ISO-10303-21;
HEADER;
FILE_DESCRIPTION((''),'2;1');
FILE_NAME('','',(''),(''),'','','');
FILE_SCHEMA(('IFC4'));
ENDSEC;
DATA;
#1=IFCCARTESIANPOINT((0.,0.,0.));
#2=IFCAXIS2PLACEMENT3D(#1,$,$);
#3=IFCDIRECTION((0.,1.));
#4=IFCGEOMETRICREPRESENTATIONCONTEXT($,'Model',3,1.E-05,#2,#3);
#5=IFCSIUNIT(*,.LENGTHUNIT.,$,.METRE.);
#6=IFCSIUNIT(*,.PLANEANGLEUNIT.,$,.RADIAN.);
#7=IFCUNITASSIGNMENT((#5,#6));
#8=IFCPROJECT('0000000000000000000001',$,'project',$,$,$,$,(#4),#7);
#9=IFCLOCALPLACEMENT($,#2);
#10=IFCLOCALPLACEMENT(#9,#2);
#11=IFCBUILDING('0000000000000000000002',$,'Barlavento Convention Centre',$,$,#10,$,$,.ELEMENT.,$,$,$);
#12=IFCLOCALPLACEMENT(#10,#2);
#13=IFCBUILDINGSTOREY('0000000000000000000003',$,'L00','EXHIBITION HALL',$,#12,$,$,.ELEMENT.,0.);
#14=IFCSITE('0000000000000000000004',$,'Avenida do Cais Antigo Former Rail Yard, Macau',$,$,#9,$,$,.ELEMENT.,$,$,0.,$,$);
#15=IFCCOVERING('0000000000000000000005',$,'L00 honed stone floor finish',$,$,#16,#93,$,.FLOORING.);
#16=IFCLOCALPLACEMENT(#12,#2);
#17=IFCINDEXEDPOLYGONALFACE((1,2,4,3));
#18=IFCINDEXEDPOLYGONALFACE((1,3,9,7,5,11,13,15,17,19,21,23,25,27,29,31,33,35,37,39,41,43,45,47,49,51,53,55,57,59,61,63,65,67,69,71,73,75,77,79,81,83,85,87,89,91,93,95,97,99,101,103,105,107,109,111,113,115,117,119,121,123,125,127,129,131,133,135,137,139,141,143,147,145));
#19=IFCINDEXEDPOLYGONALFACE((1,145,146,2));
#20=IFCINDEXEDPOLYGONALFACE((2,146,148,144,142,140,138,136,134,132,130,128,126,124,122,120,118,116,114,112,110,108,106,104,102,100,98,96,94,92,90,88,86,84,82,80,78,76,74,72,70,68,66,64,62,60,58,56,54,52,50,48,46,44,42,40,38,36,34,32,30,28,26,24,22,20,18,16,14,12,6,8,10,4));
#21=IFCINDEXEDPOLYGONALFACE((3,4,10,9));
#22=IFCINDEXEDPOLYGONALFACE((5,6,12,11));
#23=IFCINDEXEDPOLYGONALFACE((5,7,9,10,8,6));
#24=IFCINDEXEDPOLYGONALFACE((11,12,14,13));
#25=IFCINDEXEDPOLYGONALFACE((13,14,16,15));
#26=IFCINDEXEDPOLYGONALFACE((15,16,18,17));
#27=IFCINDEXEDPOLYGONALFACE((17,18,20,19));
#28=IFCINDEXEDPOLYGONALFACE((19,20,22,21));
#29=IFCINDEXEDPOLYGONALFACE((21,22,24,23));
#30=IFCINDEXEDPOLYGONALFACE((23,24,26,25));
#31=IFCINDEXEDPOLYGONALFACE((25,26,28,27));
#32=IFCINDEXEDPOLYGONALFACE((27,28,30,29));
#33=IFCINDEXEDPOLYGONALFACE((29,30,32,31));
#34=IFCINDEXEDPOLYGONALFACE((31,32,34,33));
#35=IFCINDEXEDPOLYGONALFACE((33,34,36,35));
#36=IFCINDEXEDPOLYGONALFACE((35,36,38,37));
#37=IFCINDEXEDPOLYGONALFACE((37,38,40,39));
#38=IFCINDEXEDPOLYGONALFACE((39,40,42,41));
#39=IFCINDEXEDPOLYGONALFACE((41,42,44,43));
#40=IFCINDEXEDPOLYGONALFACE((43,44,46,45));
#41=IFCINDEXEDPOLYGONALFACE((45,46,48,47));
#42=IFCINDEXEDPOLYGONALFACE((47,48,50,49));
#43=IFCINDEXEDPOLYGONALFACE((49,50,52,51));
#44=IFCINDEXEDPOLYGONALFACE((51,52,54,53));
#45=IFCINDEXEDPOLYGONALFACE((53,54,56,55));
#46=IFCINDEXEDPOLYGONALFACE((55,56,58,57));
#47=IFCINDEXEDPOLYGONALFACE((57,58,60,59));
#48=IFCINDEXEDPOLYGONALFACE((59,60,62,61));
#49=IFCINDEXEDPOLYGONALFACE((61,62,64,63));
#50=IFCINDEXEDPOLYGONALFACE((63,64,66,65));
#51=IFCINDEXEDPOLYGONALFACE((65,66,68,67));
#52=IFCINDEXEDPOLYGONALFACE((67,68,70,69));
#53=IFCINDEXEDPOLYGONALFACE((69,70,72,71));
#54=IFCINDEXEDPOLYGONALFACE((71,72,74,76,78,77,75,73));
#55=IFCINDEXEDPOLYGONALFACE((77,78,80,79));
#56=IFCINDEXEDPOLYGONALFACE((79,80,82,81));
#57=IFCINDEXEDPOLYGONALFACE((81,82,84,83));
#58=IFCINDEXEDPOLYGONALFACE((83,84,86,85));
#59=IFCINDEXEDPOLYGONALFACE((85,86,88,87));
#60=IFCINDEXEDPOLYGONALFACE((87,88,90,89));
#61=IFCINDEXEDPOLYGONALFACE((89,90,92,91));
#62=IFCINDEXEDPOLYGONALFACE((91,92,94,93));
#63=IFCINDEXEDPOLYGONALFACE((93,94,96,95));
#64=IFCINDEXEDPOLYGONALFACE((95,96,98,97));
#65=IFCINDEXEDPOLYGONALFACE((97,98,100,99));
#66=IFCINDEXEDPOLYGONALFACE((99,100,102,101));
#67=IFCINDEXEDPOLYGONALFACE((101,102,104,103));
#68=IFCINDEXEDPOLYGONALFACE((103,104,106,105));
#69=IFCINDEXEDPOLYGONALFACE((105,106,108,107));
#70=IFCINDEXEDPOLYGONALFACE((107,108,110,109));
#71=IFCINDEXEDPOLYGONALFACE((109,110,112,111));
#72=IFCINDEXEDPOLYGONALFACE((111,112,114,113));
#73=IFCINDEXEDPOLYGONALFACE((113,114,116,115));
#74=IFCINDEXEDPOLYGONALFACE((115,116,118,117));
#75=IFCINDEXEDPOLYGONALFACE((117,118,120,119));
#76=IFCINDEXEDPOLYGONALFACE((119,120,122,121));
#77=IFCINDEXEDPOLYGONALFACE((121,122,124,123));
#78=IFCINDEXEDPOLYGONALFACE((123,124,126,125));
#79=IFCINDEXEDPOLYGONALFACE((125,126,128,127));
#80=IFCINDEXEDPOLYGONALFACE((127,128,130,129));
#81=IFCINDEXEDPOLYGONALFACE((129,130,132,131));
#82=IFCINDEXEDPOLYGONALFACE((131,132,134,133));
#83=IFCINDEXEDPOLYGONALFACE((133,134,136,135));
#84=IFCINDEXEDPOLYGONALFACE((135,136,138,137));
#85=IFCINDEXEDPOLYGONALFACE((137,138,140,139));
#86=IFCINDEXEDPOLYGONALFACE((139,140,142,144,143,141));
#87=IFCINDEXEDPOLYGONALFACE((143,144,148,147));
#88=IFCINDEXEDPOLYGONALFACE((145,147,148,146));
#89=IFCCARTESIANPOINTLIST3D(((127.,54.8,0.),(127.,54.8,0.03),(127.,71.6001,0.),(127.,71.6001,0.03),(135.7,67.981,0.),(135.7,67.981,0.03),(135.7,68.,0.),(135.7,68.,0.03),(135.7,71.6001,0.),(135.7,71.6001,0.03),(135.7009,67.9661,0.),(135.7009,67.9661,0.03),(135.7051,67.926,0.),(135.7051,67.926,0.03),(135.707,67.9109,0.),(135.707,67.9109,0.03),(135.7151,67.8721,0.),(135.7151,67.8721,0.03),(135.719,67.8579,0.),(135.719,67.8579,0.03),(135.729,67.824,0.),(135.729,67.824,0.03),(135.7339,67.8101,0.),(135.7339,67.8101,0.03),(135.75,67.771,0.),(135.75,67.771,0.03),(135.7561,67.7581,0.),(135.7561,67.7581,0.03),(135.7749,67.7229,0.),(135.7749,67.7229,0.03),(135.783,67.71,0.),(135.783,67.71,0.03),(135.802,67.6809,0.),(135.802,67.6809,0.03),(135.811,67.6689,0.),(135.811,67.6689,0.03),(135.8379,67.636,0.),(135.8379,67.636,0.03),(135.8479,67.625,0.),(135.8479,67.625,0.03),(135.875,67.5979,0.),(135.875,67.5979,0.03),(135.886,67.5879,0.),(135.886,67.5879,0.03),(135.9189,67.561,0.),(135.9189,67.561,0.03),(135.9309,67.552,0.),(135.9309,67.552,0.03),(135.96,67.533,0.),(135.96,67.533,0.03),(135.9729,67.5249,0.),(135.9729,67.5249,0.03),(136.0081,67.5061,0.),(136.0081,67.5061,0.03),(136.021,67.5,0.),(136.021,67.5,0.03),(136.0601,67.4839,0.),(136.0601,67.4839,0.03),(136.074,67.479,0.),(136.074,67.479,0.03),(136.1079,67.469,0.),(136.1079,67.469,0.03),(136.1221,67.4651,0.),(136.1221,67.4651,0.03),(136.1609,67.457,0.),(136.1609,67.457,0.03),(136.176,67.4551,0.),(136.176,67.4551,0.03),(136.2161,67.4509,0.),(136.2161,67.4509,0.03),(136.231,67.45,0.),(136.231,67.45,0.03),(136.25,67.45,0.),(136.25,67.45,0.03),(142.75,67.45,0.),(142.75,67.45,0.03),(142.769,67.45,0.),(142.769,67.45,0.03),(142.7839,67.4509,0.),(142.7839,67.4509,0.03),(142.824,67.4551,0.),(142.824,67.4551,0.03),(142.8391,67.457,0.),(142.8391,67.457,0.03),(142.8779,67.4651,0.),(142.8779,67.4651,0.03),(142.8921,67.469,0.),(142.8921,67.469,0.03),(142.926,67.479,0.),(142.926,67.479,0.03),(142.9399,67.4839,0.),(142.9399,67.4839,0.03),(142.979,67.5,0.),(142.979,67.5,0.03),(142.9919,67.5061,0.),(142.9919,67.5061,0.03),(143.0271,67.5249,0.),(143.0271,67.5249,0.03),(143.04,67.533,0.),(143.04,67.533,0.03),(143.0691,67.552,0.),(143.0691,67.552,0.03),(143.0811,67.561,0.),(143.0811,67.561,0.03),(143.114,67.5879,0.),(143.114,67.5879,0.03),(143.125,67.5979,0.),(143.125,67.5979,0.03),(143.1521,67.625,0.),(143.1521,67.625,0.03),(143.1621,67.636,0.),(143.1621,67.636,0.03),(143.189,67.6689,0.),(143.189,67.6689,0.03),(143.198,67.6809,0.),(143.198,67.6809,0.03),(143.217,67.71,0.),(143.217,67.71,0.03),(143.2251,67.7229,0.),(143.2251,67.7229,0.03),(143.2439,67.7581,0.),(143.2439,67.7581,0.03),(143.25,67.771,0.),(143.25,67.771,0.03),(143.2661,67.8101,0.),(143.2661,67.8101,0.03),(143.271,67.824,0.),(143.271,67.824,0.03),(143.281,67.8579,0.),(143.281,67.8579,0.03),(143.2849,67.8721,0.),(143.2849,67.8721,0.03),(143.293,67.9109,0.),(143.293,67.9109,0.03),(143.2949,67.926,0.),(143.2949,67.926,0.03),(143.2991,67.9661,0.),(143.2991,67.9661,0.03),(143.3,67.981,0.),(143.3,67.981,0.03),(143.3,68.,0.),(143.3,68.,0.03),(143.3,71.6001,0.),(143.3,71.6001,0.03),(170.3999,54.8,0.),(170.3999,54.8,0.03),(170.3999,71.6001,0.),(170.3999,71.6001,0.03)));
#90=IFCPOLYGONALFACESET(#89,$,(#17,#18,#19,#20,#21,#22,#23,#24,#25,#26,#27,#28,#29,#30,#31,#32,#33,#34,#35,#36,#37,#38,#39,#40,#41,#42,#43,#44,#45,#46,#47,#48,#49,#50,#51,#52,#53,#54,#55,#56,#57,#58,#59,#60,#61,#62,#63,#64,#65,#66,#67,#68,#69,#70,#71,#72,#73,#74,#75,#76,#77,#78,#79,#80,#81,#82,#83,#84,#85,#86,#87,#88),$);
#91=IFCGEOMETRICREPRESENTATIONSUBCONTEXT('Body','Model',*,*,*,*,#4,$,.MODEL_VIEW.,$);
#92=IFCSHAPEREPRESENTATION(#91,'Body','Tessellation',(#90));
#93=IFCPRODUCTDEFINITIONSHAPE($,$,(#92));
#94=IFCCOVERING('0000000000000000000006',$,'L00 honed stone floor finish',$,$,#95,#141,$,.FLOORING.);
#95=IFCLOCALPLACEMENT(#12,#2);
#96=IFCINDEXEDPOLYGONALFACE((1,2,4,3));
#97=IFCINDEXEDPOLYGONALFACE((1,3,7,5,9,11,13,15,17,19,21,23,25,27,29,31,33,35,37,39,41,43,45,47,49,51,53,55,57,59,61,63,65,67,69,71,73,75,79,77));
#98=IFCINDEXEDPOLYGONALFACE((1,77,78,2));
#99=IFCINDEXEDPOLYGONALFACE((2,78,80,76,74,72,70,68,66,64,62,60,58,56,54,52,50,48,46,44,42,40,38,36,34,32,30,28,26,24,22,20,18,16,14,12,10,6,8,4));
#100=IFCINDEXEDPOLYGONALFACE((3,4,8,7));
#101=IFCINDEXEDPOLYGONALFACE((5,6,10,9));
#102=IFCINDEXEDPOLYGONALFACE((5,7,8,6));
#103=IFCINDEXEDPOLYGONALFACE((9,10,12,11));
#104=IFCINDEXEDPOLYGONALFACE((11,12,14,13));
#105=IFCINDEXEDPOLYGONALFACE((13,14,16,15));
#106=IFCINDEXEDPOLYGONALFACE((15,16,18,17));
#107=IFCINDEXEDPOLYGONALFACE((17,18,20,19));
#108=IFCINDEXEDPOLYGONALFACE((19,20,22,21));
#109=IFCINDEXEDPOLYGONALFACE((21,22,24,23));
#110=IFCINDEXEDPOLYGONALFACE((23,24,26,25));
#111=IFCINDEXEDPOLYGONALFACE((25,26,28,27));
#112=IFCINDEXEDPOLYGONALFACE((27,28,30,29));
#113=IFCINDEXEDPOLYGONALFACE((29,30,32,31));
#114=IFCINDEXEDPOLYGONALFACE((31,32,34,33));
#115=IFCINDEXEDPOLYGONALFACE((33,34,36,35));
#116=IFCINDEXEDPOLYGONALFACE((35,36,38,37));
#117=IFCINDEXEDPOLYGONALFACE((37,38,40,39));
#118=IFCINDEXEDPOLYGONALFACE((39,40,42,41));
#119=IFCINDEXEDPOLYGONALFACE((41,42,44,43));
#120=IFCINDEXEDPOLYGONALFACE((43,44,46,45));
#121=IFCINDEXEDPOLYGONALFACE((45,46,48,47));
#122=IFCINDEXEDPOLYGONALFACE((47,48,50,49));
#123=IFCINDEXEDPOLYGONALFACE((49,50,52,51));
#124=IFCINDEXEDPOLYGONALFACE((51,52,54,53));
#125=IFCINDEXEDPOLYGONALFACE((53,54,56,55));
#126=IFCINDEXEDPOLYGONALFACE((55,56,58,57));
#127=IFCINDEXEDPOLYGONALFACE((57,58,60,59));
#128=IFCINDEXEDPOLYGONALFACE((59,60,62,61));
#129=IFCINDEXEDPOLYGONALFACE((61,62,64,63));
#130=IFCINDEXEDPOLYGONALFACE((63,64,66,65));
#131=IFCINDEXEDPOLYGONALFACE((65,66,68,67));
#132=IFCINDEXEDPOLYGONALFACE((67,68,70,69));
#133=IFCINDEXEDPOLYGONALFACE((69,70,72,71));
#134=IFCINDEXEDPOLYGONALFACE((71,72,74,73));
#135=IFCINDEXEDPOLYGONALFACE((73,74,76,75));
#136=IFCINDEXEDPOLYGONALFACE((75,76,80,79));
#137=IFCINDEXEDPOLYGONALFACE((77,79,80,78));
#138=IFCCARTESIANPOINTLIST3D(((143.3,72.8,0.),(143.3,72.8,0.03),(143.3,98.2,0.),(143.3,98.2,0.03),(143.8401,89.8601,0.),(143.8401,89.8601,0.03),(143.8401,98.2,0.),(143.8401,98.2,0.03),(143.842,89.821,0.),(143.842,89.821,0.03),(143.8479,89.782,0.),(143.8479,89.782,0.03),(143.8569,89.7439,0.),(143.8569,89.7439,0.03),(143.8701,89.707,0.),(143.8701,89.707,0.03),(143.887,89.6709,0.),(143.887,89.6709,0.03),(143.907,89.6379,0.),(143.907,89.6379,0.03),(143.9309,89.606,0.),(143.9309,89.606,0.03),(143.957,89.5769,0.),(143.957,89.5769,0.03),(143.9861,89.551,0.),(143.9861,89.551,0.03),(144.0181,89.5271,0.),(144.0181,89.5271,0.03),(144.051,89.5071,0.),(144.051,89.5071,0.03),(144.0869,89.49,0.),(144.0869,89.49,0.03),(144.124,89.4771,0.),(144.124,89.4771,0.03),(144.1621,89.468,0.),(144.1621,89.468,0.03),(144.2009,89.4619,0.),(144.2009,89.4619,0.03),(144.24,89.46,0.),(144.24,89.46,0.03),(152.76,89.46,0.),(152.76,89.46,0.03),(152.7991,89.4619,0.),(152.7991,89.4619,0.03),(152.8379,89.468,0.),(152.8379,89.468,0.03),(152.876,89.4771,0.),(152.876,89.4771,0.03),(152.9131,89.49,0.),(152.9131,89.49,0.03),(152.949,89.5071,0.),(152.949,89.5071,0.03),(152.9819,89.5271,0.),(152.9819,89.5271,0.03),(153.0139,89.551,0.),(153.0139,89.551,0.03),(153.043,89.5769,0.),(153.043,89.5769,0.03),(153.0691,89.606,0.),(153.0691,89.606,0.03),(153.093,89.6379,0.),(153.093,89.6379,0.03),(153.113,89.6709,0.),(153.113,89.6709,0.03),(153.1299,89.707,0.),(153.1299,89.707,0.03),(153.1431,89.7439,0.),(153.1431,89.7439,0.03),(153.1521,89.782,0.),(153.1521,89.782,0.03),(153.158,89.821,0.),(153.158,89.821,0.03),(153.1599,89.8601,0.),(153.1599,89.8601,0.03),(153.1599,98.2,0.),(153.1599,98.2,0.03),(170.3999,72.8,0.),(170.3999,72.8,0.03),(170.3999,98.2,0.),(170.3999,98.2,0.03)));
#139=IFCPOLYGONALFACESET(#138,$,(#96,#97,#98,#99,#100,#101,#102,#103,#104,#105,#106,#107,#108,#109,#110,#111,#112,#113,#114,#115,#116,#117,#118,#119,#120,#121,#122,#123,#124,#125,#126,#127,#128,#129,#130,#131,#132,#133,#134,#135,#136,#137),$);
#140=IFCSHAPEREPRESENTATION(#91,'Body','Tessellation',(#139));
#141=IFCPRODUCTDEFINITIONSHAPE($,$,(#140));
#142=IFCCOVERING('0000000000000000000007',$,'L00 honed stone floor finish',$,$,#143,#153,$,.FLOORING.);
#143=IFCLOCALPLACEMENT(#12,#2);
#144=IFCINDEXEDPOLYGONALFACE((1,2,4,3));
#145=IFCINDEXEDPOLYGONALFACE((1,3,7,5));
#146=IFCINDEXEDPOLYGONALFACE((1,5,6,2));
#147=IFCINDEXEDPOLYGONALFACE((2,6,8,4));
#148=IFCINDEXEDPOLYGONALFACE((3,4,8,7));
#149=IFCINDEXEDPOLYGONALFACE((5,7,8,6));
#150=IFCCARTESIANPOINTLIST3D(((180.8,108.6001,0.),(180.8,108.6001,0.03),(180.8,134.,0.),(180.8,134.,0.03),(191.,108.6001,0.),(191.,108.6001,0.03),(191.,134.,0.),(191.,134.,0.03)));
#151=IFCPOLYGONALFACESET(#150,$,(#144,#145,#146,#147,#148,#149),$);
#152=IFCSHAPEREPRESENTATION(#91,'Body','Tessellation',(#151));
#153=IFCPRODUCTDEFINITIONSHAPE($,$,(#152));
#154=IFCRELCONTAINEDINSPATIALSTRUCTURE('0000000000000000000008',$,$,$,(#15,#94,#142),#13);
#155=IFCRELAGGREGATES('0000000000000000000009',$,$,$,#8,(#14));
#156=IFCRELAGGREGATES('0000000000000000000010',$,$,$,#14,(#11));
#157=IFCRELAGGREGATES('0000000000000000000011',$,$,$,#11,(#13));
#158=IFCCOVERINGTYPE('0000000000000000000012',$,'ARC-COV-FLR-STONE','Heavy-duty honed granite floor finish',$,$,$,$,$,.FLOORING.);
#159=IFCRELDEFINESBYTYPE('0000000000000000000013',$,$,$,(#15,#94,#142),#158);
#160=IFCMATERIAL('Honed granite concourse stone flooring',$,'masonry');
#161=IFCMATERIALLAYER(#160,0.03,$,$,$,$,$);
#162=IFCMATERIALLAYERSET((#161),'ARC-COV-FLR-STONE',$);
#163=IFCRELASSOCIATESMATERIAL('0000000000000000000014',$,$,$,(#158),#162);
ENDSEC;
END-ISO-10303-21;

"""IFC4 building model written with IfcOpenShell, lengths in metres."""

from ifc_helpers import new_model, si_unit, direction, origin, place, context, subcontext, project, spatial, polyline, outline, extrude, material, layer, layer_set, type_object, element, save


model = new_model("IFC4")

# Units and contexts
model_context = context("Model", 3, precision=1e-05, world=origin(), true_north=direction((0.0, 1.0)))
body_context = subcontext(model_context, "Body", "Model", "MODEL_VIEW")
ifc_project = project(units=[si_unit("LENGTHUNIT", "METRE"), si_unit("PLANEANGLEUNIT", "RADIAN")], contexts=[model_context])

# Site, building, storey
site_placement = place(None, origin())
site = spatial("IfcSite", under=ifc_project, at=site_placement, Name="Avenida do Cais Antigo Former Rail Yard, Macau", CompositionType="ELEMENT", RefElevation=0.0)
building_placement = place(site_placement, origin())
building = spatial("IfcBuilding", under=site, at=building_placement, Name="Barlavento Convention Centre", CompositionType="ELEMENT")
storey_placement = place(building_placement, origin())
storey = spatial("IfcBuildingStorey", under=building, at=storey_placement, Name="L00", Description="EXHIBITION HALL", CompositionType="ELEMENT", Elevation=0.0)

# Coverings
ifc_material_1 = material(Name="Honed granite concourse stone flooring", Category="masonry")
ifc_layer_1 = layer(ifc_material_1, 0.03)
ifc_layer_set_1 = layer_set([ifc_layer_1], Name="ARC-COV-FLR-STONE")
covering_type_1 = type_object("IfcCoveringType", Name="ARC-COV-FLR-STONE", Description="Heavy-duty honed granite floor finish", PredefinedType="FLOORING", material=ifc_layer_set_1)
covering_1_placement = place(storey_placement, origin())
element("IfcCovering", 1, at=covering_1_placement, inside=storey, type_object=covering_type_1, Name="L00 honed stone floor finish", PredefinedType="FLOORING", context=body_context, shape_type="SweptSolid", body=[
    extrude(outline(polyline([(127.0, 54.8), (127.0, 71.6001), (135.7, 71.6001), (135.7, 68.0), (135.7, 67.981), (135.7009, 67.9661), (135.7051, 67.926), (135.707, 67.9109), (135.7151, 67.8721), (135.719, 67.8579), (135.729, 67.824), (135.7339, 67.8101), (135.75, 67.771), (135.7561, 67.7581), (135.7749, 67.7229), (135.783, 67.71), (135.802, 67.6809), (135.811, 67.6689), (135.8379, 67.636), (135.8479, 67.625), (135.875, 67.5979), (135.886, 67.5879), (135.9189, 67.561), (135.9309, 67.552), (135.96, 67.533), (135.9729, 67.5249), (136.0081, 67.5061), (136.021, 67.5), (136.0601, 67.4839), (136.074, 67.479), (136.1079, 67.469), (136.1221, 67.4651), (136.1609, 67.457), (136.176, 67.4551), (136.2161, 67.4509), (136.231, 67.45), (136.25, 67.45), (142.75, 67.45), (142.769, 67.45), (142.7839, 67.4509), (142.824, 67.4551), (142.8391, 67.457), (142.8779, 67.4651), (142.8921, 67.469), (142.926, 67.479), (142.9399, 67.4839), (142.979, 67.5), (142.9919, 67.5061), (143.0271, 67.5249), (143.04, 67.533), (143.0691, 67.552), (143.0811, 67.561), (143.114, 67.5879), (143.125, 67.5979), (143.1521, 67.625), (143.1621, 67.636), (143.189, 67.6689), (143.198, 67.6809), (143.217, 67.71), (143.2251, 67.7229), (143.2439, 67.7581), (143.25, 67.771), (143.2661, 67.8101), (143.271, 67.824), (143.281, 67.8579), (143.2849, 67.8721), (143.293, 67.9109), (143.2949, 67.926), (143.2991, 67.9661), (143.3, 67.981), (143.3, 68.0), (143.3, 71.6001), (170.3999, 71.6001), (170.3999, 54.8), (127.0, 54.8)])), origin(), (0.0, 0.0, 1.0), 0.03),
])
covering_2_placement = place(storey_placement, origin())
element("IfcCovering", 2, at=covering_2_placement, inside=storey, type_object=covering_type_1, Name="L00 honed stone floor finish", PredefinedType="FLOORING", context=body_context, shape_type="SweptSolid", body=[
    extrude(outline(polyline([(143.3, 72.8), (143.3, 98.2), (143.8401, 98.2), (143.8401, 89.8601), (143.842, 89.821), (143.8479, 89.782), (143.8569, 89.7439), (143.8701, 89.707), (143.887, 89.6709), (143.907, 89.6379), (143.9309, 89.606), (143.957, 89.5769), (143.9861, 89.551), (144.0181, 89.5271), (144.051, 89.5071), (144.0869, 89.49), (144.124, 89.4771), (144.1621, 89.468), (144.2009, 89.4619), (144.24, 89.46), (152.76, 89.46), (152.7991, 89.4619), (152.8379, 89.468), (152.876, 89.4771), (152.9131, 89.49), (152.949, 89.5071), (152.9819, 89.5271), (153.0139, 89.551), (153.043, 89.5769), (153.0691, 89.606), (153.093, 89.6379), (153.113, 89.6709), (153.1299, 89.707), (153.1431, 89.7439), (153.1521, 89.782), (153.158, 89.821), (153.1599, 89.8601), (153.1599, 98.2), (170.3999, 98.2), (170.3999, 72.8), (143.3, 72.8)])), origin(), (0.0, 0.0, 1.0), 0.03),
])
covering_3_placement = place(storey_placement, origin())
element("IfcCovering", 3, at=covering_3_placement, inside=storey, type_object=covering_type_1, Name="L00 honed stone floor finish", PredefinedType="FLOORING", context=body_context, shape_type="SweptSolid", body=[
    extrude(outline(polyline([(191.0, 108.6001), (180.8, 108.6001), (180.8, 134.0), (191.0, 134.0), (191.0, 108.6001)])), origin(), (0.0, 0.0, 1.0), 0.03),
])

save(model, "model.ifc")
